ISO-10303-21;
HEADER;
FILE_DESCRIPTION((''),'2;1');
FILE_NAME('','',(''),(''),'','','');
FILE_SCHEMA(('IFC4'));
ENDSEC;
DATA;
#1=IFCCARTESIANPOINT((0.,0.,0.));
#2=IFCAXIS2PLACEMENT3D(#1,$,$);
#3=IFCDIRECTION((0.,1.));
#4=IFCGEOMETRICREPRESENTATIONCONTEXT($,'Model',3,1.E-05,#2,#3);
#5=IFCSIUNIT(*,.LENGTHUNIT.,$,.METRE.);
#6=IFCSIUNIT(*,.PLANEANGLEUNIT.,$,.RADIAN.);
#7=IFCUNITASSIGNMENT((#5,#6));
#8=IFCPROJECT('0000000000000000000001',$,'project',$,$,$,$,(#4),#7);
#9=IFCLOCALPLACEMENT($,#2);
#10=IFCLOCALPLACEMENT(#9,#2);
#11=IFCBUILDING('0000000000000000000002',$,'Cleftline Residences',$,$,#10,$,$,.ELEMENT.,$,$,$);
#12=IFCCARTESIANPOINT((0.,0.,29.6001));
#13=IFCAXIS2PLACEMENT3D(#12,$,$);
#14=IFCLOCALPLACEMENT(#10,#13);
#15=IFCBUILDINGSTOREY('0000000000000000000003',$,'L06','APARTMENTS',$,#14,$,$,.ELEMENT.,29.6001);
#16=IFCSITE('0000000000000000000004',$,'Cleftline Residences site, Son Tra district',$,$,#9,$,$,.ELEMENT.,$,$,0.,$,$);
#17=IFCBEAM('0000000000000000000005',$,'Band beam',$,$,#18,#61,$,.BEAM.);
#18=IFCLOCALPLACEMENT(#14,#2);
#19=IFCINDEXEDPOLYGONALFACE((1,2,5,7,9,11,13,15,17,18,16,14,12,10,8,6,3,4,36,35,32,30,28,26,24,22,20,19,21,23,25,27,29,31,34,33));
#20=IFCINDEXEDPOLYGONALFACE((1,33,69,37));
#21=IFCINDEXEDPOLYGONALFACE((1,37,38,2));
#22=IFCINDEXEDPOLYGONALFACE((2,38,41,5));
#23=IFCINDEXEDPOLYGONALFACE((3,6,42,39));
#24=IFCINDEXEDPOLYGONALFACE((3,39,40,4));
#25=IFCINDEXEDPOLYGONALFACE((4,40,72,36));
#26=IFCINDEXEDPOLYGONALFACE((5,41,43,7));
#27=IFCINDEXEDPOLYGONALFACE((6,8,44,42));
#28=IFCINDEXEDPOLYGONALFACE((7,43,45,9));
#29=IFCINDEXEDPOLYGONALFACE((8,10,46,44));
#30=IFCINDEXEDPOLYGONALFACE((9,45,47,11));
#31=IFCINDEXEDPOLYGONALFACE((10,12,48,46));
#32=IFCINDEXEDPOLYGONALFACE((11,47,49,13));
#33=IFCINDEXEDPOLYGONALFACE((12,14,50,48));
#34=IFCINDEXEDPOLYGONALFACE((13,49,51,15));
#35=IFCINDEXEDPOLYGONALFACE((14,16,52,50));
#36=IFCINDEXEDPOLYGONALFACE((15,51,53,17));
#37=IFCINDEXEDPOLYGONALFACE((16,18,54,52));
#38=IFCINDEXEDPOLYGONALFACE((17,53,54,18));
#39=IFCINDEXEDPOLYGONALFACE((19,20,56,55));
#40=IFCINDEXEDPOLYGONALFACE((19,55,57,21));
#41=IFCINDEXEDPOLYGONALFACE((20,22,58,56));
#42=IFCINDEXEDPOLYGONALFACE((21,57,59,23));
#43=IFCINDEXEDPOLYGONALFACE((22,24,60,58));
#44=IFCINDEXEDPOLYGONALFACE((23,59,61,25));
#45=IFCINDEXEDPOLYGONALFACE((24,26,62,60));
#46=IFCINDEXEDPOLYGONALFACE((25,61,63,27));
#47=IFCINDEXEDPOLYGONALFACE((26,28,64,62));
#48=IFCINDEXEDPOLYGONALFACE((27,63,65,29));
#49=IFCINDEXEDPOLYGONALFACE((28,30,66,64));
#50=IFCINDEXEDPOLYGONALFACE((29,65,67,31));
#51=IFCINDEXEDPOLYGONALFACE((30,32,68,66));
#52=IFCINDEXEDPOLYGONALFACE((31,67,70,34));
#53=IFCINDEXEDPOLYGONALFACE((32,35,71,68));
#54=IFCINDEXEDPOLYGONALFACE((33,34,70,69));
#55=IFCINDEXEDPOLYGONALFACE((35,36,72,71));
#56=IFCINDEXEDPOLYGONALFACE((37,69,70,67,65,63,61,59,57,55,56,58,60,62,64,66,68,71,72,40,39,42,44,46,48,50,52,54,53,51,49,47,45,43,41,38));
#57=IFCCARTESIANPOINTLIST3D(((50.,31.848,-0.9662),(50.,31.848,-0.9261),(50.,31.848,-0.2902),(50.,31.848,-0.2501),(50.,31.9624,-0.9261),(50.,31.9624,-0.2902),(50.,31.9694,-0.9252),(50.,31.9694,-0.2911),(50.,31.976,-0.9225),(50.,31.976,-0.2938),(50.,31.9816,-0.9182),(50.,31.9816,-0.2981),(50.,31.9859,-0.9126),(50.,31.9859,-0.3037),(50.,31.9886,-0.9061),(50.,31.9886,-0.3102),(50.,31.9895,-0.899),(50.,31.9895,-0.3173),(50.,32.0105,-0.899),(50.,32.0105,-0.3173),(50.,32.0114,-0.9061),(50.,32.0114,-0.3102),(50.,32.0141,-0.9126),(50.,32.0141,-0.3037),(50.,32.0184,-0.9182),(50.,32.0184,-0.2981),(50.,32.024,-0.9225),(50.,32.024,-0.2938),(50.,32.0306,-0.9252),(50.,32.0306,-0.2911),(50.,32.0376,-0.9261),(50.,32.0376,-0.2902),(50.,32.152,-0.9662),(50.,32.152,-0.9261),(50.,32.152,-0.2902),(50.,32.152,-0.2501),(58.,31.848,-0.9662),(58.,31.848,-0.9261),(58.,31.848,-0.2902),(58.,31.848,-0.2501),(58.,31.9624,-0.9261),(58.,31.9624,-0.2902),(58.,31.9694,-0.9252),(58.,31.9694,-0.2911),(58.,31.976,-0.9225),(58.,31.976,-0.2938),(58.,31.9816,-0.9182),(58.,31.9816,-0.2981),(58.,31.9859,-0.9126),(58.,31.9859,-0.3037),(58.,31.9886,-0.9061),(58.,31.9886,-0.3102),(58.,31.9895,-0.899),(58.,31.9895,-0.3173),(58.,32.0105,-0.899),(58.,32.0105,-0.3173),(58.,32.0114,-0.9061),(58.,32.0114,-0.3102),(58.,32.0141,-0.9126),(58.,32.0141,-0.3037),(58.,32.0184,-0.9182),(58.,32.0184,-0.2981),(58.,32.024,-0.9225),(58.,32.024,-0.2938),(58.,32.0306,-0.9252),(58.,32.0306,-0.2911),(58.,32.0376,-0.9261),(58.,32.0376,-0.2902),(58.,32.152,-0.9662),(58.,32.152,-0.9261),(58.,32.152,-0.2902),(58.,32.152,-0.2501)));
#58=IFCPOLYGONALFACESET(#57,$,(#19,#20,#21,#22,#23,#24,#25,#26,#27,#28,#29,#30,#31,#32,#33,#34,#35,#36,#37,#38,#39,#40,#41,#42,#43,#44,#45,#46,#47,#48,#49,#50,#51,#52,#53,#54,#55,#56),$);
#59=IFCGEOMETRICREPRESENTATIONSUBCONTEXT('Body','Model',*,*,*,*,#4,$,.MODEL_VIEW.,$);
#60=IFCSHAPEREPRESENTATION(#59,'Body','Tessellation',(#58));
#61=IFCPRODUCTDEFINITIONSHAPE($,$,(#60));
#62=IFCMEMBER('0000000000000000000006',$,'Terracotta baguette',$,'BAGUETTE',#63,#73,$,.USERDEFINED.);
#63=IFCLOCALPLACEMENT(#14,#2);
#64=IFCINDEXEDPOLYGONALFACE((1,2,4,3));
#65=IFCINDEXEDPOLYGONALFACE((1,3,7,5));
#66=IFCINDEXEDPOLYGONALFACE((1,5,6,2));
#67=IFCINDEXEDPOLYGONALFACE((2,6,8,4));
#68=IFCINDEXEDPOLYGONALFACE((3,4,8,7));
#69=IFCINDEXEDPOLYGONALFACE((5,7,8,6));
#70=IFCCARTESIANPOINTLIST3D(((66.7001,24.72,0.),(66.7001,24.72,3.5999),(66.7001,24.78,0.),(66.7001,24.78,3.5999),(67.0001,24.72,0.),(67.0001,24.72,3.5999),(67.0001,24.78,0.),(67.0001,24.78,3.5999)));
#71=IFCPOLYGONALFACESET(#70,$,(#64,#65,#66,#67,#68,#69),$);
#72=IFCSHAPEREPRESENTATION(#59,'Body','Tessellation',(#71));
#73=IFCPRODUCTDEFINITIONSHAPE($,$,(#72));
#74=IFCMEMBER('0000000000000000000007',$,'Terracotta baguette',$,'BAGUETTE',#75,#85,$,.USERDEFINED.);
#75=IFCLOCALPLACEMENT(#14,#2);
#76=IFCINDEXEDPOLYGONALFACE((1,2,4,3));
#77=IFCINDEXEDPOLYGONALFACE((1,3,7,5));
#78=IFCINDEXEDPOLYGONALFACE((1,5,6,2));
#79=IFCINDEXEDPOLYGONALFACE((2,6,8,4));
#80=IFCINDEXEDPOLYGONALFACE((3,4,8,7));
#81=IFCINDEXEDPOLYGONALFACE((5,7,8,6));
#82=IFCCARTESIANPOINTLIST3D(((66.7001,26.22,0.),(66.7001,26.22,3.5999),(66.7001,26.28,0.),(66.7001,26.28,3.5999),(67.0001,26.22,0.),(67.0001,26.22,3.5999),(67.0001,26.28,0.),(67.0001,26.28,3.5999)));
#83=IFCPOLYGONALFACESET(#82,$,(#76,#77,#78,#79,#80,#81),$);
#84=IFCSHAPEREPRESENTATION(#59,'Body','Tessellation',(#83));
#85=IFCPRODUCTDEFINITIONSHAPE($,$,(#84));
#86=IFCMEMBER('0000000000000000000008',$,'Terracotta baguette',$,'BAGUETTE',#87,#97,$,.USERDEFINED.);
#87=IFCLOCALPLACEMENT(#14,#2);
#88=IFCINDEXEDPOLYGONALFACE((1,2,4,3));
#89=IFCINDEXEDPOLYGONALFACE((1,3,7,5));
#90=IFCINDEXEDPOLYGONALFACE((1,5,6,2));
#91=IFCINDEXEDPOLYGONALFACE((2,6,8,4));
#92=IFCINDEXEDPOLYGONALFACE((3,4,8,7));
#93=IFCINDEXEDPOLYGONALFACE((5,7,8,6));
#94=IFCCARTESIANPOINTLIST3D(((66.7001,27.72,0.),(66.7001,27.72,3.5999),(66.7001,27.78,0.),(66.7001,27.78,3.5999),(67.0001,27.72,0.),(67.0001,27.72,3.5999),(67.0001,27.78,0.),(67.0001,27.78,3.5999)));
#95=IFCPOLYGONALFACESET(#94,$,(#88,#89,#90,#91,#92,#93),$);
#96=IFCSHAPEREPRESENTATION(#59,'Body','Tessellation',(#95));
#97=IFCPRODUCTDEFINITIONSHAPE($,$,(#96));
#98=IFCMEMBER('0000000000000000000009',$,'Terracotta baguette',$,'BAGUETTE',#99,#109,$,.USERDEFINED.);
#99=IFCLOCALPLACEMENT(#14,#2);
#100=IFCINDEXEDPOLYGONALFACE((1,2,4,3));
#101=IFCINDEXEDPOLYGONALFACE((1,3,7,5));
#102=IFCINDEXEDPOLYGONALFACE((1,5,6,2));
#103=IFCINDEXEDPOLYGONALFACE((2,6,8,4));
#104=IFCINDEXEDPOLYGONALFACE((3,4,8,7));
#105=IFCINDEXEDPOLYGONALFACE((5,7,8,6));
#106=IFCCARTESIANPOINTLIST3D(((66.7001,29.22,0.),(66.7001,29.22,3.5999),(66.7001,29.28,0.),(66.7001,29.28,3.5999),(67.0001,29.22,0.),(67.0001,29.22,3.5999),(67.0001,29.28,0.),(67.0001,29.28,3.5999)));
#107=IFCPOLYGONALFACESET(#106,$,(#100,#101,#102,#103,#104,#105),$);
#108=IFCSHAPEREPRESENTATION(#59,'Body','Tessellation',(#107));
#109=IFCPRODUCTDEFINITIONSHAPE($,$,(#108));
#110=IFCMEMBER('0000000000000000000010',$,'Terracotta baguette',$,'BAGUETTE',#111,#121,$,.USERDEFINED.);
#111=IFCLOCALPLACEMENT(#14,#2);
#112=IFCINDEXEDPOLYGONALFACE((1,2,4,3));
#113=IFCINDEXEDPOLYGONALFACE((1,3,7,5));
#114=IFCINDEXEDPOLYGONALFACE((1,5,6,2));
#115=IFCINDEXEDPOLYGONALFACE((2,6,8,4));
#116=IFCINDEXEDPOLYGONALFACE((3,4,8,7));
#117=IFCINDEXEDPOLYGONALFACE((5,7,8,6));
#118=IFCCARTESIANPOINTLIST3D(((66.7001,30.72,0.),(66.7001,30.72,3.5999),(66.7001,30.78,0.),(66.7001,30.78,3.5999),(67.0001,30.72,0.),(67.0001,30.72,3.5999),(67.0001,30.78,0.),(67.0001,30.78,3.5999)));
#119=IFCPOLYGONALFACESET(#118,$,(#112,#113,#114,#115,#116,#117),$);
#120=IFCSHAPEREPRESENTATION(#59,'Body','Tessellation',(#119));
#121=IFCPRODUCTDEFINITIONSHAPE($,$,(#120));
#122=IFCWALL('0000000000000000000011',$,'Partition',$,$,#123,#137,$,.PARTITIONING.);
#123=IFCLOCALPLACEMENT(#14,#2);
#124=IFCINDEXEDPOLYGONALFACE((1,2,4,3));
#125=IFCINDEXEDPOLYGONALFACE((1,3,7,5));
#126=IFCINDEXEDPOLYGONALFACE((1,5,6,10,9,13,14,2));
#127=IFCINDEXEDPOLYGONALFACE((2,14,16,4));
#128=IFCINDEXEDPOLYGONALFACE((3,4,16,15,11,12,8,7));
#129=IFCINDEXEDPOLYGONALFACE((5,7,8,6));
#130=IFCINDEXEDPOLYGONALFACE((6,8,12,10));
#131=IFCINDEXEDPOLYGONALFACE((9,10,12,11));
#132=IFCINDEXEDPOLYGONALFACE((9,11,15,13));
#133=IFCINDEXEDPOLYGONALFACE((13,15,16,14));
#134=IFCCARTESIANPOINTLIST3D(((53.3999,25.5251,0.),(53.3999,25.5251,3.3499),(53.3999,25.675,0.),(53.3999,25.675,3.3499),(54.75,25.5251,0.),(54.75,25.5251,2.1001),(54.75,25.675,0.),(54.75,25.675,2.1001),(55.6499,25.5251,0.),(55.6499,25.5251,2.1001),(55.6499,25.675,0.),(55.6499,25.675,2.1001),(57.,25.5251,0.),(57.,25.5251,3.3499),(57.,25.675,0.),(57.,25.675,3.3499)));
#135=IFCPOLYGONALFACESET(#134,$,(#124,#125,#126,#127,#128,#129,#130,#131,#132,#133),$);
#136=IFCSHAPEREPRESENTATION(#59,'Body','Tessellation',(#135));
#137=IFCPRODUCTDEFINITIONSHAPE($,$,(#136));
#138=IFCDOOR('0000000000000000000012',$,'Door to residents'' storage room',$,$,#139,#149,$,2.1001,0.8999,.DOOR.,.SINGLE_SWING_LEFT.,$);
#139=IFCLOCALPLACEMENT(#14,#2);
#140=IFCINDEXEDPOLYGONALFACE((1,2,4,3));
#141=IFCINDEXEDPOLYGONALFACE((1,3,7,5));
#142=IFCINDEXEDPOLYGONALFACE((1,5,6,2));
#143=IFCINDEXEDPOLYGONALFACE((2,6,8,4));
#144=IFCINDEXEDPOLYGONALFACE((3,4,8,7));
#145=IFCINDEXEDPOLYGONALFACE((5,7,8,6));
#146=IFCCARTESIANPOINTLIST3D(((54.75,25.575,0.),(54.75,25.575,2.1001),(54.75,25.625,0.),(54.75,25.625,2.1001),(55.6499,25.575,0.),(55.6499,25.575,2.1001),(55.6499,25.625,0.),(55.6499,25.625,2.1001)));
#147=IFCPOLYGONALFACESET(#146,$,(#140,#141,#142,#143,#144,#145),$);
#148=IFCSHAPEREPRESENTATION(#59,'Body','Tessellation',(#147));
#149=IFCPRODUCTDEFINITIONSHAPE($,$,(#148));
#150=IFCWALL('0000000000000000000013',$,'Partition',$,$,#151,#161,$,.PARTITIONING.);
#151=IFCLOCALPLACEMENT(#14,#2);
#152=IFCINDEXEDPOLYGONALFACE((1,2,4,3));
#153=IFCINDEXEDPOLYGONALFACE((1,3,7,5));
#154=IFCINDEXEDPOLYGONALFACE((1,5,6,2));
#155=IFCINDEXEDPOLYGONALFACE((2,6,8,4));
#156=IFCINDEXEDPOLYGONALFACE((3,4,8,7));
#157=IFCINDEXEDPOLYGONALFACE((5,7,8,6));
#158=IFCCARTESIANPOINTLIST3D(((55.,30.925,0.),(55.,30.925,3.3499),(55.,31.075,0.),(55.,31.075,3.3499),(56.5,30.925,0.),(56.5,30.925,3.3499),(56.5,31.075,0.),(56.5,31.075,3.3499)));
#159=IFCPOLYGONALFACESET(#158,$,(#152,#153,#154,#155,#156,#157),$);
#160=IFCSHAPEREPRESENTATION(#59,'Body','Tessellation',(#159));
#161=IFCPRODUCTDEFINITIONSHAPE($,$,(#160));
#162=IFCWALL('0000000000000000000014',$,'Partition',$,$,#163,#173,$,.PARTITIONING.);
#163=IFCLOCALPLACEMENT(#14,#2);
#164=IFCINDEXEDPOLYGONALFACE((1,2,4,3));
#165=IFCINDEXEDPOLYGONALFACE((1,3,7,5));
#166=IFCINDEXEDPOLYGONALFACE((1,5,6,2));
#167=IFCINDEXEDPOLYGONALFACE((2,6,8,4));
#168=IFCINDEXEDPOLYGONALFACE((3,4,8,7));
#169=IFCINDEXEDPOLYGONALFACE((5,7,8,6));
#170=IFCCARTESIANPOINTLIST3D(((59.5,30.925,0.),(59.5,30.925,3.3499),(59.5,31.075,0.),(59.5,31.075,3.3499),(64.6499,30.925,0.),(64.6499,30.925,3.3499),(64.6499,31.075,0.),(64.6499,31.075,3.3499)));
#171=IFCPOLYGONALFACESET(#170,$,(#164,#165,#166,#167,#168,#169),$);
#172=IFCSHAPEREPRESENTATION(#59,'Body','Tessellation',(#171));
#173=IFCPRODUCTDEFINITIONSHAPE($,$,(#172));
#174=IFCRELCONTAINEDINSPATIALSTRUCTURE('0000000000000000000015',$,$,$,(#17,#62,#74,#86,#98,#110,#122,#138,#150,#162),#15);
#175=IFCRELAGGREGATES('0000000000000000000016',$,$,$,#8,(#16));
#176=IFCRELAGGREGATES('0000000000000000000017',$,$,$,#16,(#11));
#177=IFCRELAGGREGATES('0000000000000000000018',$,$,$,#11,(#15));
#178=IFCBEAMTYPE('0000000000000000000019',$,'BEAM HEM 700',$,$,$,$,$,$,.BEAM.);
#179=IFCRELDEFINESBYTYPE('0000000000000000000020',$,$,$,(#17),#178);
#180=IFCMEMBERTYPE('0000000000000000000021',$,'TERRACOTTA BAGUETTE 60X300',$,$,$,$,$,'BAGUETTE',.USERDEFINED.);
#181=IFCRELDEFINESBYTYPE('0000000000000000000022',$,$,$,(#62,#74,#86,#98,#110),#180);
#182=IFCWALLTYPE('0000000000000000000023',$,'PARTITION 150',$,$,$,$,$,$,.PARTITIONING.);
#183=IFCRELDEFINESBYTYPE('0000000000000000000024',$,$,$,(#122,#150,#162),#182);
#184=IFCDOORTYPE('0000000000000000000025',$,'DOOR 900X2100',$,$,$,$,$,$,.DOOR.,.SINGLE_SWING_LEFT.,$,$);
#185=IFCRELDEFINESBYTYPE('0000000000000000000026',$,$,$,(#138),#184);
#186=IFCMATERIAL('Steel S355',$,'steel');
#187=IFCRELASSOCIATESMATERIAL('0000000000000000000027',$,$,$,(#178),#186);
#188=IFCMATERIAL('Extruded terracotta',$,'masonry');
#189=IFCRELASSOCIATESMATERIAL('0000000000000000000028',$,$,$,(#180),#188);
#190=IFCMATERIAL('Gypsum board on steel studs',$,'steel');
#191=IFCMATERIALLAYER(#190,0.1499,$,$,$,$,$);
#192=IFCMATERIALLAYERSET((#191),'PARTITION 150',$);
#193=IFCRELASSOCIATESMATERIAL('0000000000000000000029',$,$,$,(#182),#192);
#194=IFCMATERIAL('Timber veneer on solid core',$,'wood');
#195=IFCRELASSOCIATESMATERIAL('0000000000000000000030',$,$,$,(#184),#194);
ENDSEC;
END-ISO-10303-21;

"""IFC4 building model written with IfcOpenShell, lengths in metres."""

from ifc_helpers import new_model, si_unit, direction, frame, frame_2d, origin, origin_2d, place, context, subcontext, project, spatial, rectangle, i_section, extrude, material, layer, layer_set, material_profile, profile_set, type_object, element, fill, save


model = new_model("IFC4")

# Units and contexts
model_context = context("Model", 3, precision=1e-05, world=origin(), true_north=direction((0.0, 1.0)))
body_context = subcontext(model_context, "Body", "Model", "MODEL_VIEW")
ifc_project = project(units=[si_unit("LENGTHUNIT", "METRE"), si_unit("PLANEANGLEUNIT", "RADIAN")], contexts=[model_context])

# Site, building, storey
site_placement = place(None, origin())
site = spatial("IfcSite", under=ifc_project, at=site_placement, Name="Cleftline Residences site, Son Tra district", CompositionType="ELEMENT", RefElevation=0.0)
building_placement = place(site_placement, origin())
building = spatial("IfcBuilding", under=site, at=building_placement, Name="Cleftline Residences", CompositionType="ELEMENT")
storey_placement = place(building_placement, frame((0.0, 0.0, 29.6001)))
storey = spatial("IfcBuildingStorey", under=building, at=storey_placement, Name="L06", Description="APARTMENTS", CompositionType="ELEMENT", Elevation=29.6001)

# Beam
ifc_material_1 = material(Name="Steel S355", Category="steel")
ifc_material_profile_1 = material_profile(ifc_material_1, i_section(OverallWidth=0.304, OverallDepth=0.7161, WebThickness=0.021, FlangeThickness=0.04, FilletRadius=0.0271, at=origin_2d()))
ifc_profile_set_1 = profile_set([ifc_material_profile_1], Name="Steel S355")
beam_type_1 = type_object("IfcBeamType", Name="BEAM HEM 700", PredefinedType="BEAM", material=ifc_profile_set_1)
beam_placement = place(storey_placement, frame((58.0, 32.0, -0.6082), z_axis=(-1.0, 0.0, 0.0), x_axis=(0.0, -1.0, 0.0)))
element("IfcBeam", 1, at=beam_placement, inside=storey, type_object=beam_type_1, Name="Band beam", PredefinedType="BEAM", context=body_context, shape_type="SweptSolid", body=[
    extrude(i_section(OverallWidth=0.304, OverallDepth=0.7161, WebThickness=0.021, FlangeThickness=0.04, FilletRadius=0.0271, at=origin_2d()), origin(), (0.0, 0.0, 1.0), 8.0),
])

# Members
ifc_material_2 = material(Name="Extruded terracotta", Category="masonry")
ifc_material_profile_2 = material_profile(ifc_material_2, rectangle(XDim=0.0601, YDim=0.3, at=origin_2d()))
ifc_profile_set_2 = profile_set([ifc_material_profile_2], Name="Extruded terracotta")
member_type_1 = type_object("IfcMemberType", Name="TERRACOTTA BAGUETTE 60X300", ElementType="BAGUETTE", PredefinedType="USERDEFINED", material=ifc_profile_set_2)
for number, where, z_axis, x_axis, name in (
    (2, (66.8501, 24.75, 0.0), (0.0, 0.0, 1.0), (0.0, 1.0, 0.0), "Terracotta baguette"),
    (3, (66.8501, 26.25, 0.0), (0.0, 0.0, 1.0), (0.0, 1.0, 0.0), "Terracotta baguette"),
    (4, (66.8501, 27.75, 0.0), (0.0, 0.0, 1.0), (0.0, 1.0, 0.0), "Terracotta baguette"),
    (5, (66.8501, 29.25, 0.0), (0.0, 0.0, 1.0), (0.0, 1.0, 0.0), "Terracotta baguette"),
    (6, (66.8501, 30.75, 0.0), (0.0, 0.0, 1.0), (0.0, 1.0, 0.0), "Terracotta baguette"),
):
    element("IfcMember", number, at=place(storey_placement, frame(where, z_axis=z_axis, x_axis=x_axis)), inside=storey, type_object=member_type_1, Name=name, ObjectType="BAGUETTE", PredefinedType="USERDEFINED", context=body_context, shape_type="SweptSolid", body=[
        extrude(rectangle(XDim=0.0601, YDim=0.3, at=origin_2d()), origin(), (0.0, 0.0, 1.0), 3.5999),
    ])

# Wall, opening, door
ifc_material_3 = material(Name="Gypsum board on steel studs", Category="steel")
ifc_layer_1 = layer(ifc_material_3, 0.1499)
ifc_layer_set_1 = layer_set([ifc_layer_1], Name="PARTITION 150")
wall_type_1 = type_object("IfcWallType", Name="PARTITION 150", PredefinedType="PARTITIONING", material=ifc_layer_set_1)
wall_1_placement = place(storey_placement, frame((53.3999, 25.6001, 0.0), z_axis=(0.0, 0.0, 1.0), x_axis=(1.0, 0.0, 0.0)))
wall_1 = element("IfcWall", 7, at=wall_1_placement, inside=storey, type_object=wall_type_1, Name="Partition", PredefinedType="PARTITIONING", context=body_context, shape_type="SweptSolid", body=[
    extrude(rectangle(XDim=3.6001, YDim=0.1499, at=frame_2d((1.8, 0.0))), origin(), (0.0, 0.0, 1.0), 3.3499),
])
opening_1_placement = place(wall_1_placement, frame((1.3501, 0.0, 0.0)))
opening_1 = element("IfcOpeningElement", 8, at=opening_1_placement, cuts=wall_1, PredefinedType="OPENING", context=body_context, shape_type="SweptSolid", body=[
    extrude(rectangle(XDim=0.8999, YDim=2.1001, at=frame_2d((0.45, 1.05))), frame((0.0, 0.085, 0.0), z_axis=(0.0, -1.0, 0.0), x_axis=(1.0, 0.0, 0.0)), (0.0, 0.0, 1.0), 0.1699),
])
ifc_material_4 = material(Name="Timber veneer on solid core", Category="wood")
door_type_1 = type_object("IfcDoorType", Name="DOOR 900X2100", OperationType="SINGLE_SWING_LEFT", PredefinedType="DOOR", material=ifc_material_4)
door_1_placement = place(opening_1_placement, origin())
door_1 = element("IfcDoor", 9, at=door_1_placement, inside=storey, type_object=door_type_1, Name="Door to residents' storage room", OperationType="SINGLE_SWING_LEFT", OverallHeight=2.1001, OverallWidth=0.8999, PredefinedType="DOOR", context=body_context, shape_type="SweptSolid", body=[
    extrude(rectangle(XDim=0.8999, YDim=2.1001, at=frame_2d((0.45, 1.05))), frame((0.0, 0.0249, 0.0), z_axis=(0.0, -1.0, 0.0), x_axis=(1.0, 0.0, 0.0)), (0.0, 0.0, 1.0), 0.05),
])
fill(opening_1, door_1)

# Walls
wall_2_placement = place(storey_placement, frame((55.0, 31.0, 0.0), z_axis=(0.0, 0.0, 1.0), x_axis=(1.0, 0.0, 0.0)))
element("IfcWall", 10, at=wall_2_placement, inside=storey, type_object=wall_type_1, Name="Partition", PredefinedType="PARTITIONING", context=body_context, shape_type="SweptSolid", body=[
    extrude(rectangle(XDim=1.5, YDim=0.1499, at=frame_2d((0.75, 0.0))), origin(), (0.0, 0.0, 1.0), 3.3499),
])
wall_3_placement = place(storey_placement, frame((59.5, 31.0, 0.0), z_axis=(0.0, 0.0, 1.0), x_axis=(1.0, 0.0, 0.0)))
element("IfcWall", 11, at=wall_3_placement, inside=storey, type_object=wall_type_1, Name="Partition", PredefinedType="PARTITIONING", context=body_context, shape_type="SweptSolid", body=[
    extrude(rectangle(XDim=5.1499, YDim=0.1499, at=frame_2d((2.575, 0.0))), origin(), (0.0, 0.0, 1.0), 3.3499),
])

save(model, "model.ifc")
